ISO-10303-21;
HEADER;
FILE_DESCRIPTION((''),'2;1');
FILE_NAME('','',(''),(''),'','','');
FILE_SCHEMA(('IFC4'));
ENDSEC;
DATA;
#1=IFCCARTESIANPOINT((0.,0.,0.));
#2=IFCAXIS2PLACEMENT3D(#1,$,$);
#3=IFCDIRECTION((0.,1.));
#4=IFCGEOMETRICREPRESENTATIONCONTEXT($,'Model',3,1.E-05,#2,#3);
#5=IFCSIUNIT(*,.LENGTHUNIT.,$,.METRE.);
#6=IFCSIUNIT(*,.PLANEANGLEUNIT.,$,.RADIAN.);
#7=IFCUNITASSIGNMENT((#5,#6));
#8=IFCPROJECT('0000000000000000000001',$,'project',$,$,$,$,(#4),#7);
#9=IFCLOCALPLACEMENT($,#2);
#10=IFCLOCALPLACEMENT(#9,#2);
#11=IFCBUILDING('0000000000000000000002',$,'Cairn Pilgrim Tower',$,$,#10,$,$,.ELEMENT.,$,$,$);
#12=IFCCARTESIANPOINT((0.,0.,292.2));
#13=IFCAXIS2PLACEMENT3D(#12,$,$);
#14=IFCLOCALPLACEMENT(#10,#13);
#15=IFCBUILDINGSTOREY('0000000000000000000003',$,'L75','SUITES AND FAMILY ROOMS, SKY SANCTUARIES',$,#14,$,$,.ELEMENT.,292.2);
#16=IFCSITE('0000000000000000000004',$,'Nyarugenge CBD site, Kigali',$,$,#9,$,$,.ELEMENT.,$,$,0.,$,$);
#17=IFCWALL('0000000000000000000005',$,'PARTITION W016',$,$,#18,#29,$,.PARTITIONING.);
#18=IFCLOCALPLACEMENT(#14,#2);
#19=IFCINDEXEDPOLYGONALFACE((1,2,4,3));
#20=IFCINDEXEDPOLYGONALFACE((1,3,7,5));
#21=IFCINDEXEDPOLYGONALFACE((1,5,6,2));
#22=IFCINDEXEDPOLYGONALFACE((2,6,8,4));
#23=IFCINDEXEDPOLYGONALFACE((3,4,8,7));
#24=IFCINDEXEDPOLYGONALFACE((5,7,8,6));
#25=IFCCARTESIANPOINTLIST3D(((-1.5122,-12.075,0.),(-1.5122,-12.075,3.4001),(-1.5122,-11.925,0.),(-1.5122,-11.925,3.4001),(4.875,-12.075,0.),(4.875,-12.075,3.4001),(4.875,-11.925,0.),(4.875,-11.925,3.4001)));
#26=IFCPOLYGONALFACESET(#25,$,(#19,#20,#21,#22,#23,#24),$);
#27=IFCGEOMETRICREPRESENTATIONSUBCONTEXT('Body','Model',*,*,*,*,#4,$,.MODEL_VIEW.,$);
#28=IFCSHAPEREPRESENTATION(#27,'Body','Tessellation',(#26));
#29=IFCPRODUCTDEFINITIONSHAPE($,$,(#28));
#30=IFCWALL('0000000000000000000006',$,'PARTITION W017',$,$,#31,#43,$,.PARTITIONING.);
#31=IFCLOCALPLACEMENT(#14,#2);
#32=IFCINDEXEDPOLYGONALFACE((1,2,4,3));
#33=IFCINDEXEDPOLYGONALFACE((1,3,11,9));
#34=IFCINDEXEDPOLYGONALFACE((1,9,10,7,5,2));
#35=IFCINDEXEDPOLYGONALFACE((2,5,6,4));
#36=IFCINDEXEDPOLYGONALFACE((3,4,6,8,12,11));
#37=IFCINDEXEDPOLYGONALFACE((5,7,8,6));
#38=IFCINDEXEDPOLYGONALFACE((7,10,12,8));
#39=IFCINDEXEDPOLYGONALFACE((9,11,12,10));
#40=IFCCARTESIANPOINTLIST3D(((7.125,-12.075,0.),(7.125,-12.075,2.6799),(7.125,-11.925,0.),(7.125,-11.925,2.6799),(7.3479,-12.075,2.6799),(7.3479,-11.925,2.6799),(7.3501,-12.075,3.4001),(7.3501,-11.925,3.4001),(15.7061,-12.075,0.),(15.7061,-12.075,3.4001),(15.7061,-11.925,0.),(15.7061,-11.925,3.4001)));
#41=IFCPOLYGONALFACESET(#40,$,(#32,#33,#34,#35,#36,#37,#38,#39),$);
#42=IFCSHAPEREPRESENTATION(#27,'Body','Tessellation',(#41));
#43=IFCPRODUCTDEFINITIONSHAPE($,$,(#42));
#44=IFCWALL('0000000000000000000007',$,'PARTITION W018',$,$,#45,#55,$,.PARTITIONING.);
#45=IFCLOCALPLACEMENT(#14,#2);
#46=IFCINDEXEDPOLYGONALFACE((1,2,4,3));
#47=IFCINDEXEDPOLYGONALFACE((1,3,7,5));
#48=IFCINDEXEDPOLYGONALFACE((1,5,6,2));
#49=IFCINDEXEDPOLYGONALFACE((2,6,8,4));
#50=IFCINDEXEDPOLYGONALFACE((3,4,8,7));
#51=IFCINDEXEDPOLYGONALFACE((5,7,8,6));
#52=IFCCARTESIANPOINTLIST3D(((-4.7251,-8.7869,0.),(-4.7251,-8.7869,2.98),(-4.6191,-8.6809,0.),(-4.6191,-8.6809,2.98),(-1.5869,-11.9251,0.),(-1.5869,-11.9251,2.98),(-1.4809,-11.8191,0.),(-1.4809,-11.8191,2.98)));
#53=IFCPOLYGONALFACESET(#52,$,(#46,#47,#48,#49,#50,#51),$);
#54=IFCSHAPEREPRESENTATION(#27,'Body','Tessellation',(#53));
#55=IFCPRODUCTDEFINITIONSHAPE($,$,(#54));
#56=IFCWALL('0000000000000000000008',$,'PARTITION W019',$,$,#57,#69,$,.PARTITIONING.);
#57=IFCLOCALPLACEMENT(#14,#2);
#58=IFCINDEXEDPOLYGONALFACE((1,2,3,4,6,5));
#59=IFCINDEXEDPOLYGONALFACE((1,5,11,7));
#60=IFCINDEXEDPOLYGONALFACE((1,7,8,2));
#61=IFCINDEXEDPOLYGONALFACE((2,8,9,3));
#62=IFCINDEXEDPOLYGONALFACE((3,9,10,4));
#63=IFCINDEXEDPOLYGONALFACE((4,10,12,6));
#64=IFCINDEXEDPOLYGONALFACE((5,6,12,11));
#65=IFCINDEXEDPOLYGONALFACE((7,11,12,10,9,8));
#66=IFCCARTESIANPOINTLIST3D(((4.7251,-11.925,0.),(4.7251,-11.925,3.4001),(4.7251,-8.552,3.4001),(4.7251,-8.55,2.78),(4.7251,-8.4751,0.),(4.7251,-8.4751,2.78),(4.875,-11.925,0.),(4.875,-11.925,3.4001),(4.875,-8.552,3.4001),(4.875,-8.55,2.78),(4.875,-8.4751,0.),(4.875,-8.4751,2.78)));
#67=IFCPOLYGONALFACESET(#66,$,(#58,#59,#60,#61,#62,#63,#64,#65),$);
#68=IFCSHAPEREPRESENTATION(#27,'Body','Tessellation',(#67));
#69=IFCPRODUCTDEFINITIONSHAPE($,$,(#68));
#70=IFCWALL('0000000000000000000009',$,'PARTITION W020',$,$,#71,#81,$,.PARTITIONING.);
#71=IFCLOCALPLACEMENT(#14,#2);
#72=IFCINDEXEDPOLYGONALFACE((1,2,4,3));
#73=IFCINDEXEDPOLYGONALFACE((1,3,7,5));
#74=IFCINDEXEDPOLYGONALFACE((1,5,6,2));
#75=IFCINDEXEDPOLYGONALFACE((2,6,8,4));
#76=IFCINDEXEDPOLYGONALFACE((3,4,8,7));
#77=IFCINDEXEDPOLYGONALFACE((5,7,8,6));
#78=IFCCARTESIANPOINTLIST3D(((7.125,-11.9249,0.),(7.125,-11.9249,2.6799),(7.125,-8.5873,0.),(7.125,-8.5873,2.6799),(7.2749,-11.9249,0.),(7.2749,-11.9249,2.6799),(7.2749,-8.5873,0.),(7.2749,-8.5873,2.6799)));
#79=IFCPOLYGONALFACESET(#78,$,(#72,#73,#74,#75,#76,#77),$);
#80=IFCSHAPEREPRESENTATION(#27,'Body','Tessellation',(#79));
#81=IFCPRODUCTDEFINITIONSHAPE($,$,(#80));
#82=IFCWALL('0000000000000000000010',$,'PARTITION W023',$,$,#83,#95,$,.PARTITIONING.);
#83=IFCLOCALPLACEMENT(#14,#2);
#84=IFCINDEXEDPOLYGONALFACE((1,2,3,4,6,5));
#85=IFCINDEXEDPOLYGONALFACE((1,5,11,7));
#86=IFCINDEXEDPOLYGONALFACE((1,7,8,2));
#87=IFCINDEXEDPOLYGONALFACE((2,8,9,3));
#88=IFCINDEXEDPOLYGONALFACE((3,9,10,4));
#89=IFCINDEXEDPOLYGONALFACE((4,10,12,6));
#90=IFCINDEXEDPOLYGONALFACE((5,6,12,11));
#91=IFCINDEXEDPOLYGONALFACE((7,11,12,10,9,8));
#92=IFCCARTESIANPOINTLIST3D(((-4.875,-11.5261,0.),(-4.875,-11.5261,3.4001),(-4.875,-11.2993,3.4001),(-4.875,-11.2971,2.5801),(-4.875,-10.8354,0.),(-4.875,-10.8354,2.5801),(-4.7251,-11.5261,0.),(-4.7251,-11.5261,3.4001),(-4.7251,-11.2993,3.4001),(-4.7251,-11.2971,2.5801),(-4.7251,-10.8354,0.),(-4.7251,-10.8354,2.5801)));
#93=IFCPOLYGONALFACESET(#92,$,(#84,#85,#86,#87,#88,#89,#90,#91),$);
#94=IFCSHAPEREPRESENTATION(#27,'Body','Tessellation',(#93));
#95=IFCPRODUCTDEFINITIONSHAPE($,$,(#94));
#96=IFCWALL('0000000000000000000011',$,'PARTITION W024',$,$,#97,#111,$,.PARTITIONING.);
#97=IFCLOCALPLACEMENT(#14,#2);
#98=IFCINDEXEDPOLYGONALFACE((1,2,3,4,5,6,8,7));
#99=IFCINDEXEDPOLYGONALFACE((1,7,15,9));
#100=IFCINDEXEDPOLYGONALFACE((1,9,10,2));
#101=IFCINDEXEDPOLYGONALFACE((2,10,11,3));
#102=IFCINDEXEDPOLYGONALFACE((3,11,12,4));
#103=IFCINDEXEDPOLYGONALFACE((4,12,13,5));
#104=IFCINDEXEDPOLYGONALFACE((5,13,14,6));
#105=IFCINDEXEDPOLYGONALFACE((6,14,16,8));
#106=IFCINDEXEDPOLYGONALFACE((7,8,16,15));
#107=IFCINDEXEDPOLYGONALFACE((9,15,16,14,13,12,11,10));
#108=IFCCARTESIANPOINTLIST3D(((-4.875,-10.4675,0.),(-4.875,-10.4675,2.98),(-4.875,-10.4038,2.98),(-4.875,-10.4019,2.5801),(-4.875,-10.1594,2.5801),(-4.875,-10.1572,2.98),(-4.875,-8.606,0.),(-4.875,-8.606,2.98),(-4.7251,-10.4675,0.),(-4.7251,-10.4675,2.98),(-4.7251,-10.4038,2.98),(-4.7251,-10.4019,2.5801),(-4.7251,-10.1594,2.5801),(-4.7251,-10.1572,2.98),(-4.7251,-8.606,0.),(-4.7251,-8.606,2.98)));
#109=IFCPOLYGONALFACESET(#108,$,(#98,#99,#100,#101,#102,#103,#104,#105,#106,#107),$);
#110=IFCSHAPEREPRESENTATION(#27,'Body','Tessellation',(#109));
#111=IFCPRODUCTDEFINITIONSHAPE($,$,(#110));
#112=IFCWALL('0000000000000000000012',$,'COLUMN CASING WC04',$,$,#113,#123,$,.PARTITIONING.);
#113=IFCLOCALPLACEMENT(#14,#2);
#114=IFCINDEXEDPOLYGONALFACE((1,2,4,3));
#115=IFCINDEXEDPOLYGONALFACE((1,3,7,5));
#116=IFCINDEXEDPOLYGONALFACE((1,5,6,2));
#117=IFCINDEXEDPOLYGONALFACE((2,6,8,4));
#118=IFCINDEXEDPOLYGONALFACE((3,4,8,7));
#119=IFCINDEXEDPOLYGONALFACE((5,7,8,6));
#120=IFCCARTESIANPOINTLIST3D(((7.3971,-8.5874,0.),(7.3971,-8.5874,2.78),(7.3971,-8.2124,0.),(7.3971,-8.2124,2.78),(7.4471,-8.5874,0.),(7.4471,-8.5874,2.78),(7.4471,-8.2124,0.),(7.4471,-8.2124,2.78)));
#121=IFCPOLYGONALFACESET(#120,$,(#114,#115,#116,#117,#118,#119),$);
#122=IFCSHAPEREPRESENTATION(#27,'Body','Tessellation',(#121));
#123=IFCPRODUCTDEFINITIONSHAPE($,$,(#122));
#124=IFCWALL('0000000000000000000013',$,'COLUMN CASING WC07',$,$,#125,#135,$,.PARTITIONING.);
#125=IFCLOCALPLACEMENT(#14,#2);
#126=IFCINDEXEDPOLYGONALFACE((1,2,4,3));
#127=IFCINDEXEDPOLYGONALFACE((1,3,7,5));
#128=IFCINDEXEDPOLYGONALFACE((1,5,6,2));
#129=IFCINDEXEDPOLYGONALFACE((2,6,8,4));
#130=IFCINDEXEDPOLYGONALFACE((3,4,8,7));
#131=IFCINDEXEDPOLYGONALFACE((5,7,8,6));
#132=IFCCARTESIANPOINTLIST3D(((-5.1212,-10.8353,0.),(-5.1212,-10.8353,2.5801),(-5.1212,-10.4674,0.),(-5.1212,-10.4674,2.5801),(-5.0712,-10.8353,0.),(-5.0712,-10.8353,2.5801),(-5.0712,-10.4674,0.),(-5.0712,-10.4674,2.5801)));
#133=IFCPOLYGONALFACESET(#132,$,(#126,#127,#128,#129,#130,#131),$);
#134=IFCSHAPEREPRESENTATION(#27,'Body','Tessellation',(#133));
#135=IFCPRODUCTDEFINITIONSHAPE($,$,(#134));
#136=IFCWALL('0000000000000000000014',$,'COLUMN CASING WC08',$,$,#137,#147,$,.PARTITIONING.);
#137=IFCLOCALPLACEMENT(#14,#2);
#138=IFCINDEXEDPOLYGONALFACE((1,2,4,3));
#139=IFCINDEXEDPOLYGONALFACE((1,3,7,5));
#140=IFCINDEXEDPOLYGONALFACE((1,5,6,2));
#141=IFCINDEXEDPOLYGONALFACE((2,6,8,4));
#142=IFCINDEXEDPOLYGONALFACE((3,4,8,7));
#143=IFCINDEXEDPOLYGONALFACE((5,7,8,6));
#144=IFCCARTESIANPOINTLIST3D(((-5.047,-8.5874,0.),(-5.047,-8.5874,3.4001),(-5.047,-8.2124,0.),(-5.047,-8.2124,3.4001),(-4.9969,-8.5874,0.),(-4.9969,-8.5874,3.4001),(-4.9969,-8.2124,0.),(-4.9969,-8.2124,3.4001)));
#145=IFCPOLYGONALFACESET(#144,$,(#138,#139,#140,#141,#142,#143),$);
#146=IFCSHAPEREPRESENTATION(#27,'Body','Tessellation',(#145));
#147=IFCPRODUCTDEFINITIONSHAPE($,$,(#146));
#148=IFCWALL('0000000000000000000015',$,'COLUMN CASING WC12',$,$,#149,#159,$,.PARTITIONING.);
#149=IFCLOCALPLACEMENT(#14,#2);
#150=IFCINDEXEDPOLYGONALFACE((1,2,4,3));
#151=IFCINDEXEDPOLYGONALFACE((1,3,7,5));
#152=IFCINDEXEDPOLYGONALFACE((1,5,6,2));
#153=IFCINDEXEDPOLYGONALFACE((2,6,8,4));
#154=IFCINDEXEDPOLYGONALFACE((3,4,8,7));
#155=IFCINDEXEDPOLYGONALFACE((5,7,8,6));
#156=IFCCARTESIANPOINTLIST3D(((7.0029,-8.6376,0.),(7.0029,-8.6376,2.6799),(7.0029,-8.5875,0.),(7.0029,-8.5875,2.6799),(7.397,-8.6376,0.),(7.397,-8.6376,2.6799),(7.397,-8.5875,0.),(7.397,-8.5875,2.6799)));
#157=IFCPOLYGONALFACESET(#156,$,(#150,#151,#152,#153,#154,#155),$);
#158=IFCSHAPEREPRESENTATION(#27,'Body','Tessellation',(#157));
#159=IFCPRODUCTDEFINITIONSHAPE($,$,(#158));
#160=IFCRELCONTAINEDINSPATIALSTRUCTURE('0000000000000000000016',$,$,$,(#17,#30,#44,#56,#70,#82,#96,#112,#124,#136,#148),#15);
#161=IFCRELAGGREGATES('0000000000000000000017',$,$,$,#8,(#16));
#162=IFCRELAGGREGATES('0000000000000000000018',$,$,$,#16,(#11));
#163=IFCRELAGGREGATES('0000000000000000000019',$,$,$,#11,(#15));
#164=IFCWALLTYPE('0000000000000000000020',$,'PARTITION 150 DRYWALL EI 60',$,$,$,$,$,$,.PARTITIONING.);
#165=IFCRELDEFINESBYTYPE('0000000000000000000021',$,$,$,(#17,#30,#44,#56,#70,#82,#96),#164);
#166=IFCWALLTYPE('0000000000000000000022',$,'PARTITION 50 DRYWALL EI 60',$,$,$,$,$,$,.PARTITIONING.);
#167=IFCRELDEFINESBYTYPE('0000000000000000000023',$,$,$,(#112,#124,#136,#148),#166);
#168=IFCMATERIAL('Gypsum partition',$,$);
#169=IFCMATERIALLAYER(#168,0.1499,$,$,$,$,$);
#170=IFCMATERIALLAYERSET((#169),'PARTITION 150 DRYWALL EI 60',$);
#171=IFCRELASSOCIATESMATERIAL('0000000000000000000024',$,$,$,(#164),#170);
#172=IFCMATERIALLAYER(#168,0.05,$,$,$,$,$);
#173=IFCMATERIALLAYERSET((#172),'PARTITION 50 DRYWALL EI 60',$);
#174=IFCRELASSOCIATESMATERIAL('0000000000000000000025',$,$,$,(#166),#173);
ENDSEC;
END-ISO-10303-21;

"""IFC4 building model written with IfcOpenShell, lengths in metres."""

from ifc_helpers import new_model, si_unit, direction, frame, frame_2d, origin, place, context, subcontext, project, spatial, polyline, rectangle, outline, extrude, material, layer, layer_set, type_object, element, save


model = new_model("IFC4")

# Units and contexts
model_context = context("Model", 3, precision=1e-05, world=origin(), true_north=direction((0.0, 1.0)))
body_context = subcontext(model_context, "Body", "Model", "MODEL_VIEW")
ifc_project = project(units=[si_unit("LENGTHUNIT", "METRE"), si_unit("PLANEANGLEUNIT", "RADIAN")], contexts=[model_context])

# Site, building, storey
site_placement = place(None, origin())
site = spatial("IfcSite", under=ifc_project, at=site_placement, Name="Nyarugenge CBD site, Kigali", CompositionType="ELEMENT", RefElevation=0.0)
building_placement = place(site_placement, origin())
building = spatial("IfcBuilding", under=site, at=building_placement, Name="Cairn Pilgrim Tower", CompositionType="ELEMENT")
storey_placement = place(building_placement, frame((0.0, 0.0, 292.2)))
storey = spatial("IfcBuildingStorey", under=building, at=storey_placement, Name="L75", Description="SUITES AND FAMILY ROOMS, SKY SANCTUARIES", CompositionType="ELEMENT", Elevation=292.2)

# Walls
ifc_material_1 = material(Name="Gypsum partition")
ifc_layer_1 = layer(ifc_material_1, 0.1499)
ifc_layer_set_1 = layer_set([ifc_layer_1], Name="PARTITION 150 DRYWALL EI 60")
wall_type_1 = type_object("IfcWallType", Name="PARTITION 150 DRYWALL EI 60", PredefinedType="PARTITIONING", material=ifc_layer_set_1)
wall_1_placement = place(storey_placement, frame((-1.5122, -12.0, 0.0), z_axis=(0.0, 0.0, 1.0), x_axis=(1.0, 0.0, 0.0)))
element("IfcWall", 1, at=wall_1_placement, inside=storey, type_object=wall_type_1, Name="PARTITION W016", PredefinedType="PARTITIONING", context=body_context, shape_type="SweptSolid", body=[
    extrude(rectangle(XDim=6.3872, YDim=0.1499, at=frame_2d((3.1936, 0.0))), origin(), (0.0, 0.0, 1.0), 3.4001),
])
wall_2_placement = place(storey_placement, frame((7.125, -12.0, 0.0), z_axis=(0.0, 0.0, 1.0), x_axis=(1.0, 0.0, 0.0)))
element("IfcWall", 2, at=wall_2_placement, inside=storey, type_object=wall_type_1, Name="PARTITION W017", PredefinedType="PARTITIONING", context=body_context, shape_type="SweptSolid", body=[
    extrude(outline(polyline([(0.0, 0.0), (8.5811, 0.0), (8.5811, 3.4001), (0.2251, 3.4001), (0.2229, 2.6799), (0.0, 2.6799), (0.0, 0.0)])), frame((0.0, 0.075, 0.0), z_axis=(0.0, -1.0, 0.0), x_axis=(1.0, 0.0, 0.0)), (0.0, 0.0, 1.0), 0.1499),
])
wall_3_placement = place(storey_placement, frame((-1.5339, -11.8721, 0.0), z_axis=(0.0, 0.0, 1.0), x_axis=(-0.707107, 0.707107, 0.0)))
element("IfcWall", 3, at=wall_3_placement, inside=storey, type_object=wall_type_1, Name="PARTITION W018", PredefinedType="PARTITIONING", context=body_context, shape_type="SweptSolid", body=[
    extrude(rectangle(XDim=4.438, YDim=0.1499, at=frame_2d((2.219, 0.0))), origin(), (0.0, 0.0, 1.0), 2.98),
])
wall_4_placement = place(storey_placement, frame((4.8, -11.925, 0.0), z_axis=(0.0, 0.0, 1.0), x_axis=(0.0, 1.0, 0.0)))
element("IfcWall", 4, at=wall_4_placement, inside=storey, type_object=wall_type_1, Name="PARTITION W019", PredefinedType="PARTITIONING", context=body_context, shape_type="SweptSolid", body=[
    extrude(outline(polyline([(0.0, 0.0), (3.45, 0.0), (3.45, 2.78), (3.375, 2.78), (3.373, 3.4001), (0.0, 3.4001), (0.0, 0.0)])), frame((0.0, 0.075, 0.0), z_axis=(0.0, -1.0, 0.0), x_axis=(1.0, 0.0, 0.0)), (0.0, 0.0, 1.0), 0.1499),
])
wall_5_placement = place(storey_placement, frame((7.2, -11.925, 0.0), z_axis=(0.0, 0.0, 1.0), x_axis=(0.0, 1.0, 0.0)))
element("IfcWall", 5, at=wall_5_placement, inside=storey, type_object=wall_type_1, Name="PARTITION W020", PredefinedType="PARTITIONING", context=body_context, shape_type="SweptSolid", body=[
    extrude(rectangle(XDim=3.3376, YDim=0.1499, at=frame_2d((1.6689, 0.0))), origin(), (0.0, 0.0, 1.0), 2.6799),
])
wall_6_placement = place(storey_placement, frame((-4.8, -11.5261, 0.0), z_axis=(0.0, 0.0, 1.0), x_axis=(0.0, 1.0, 0.0)))
element("IfcWall", 6, at=wall_6_placement, inside=storey, type_object=wall_type_1, Name="PARTITION W023", PredefinedType="PARTITIONING", context=body_context, shape_type="SweptSolid", body=[
    extrude(outline(polyline([(0.0, 0.0), (0.6907, 0.0), (0.6907, 2.5801), (0.229, 2.5801), (0.2268, 3.4001), (0.0, 3.4001), (0.0, 0.0)])), frame((0.0, 0.075, 0.0), z_axis=(0.0, -1.0, 0.0), x_axis=(1.0, 0.0, 0.0)), (0.0, 0.0, 1.0), 0.1499),
])
wall_7_placement = place(storey_placement, frame((-4.8, -10.4675, 0.0), z_axis=(0.0, 0.0, 1.0), x_axis=(0.0, 1.0, 0.0)))
element("IfcWall", 7, at=wall_7_placement, inside=storey, type_object=wall_type_1, Name="PARTITION W024", PredefinedType="PARTITIONING", context=body_context, shape_type="SweptSolid", body=[
    extrude(outline(polyline([(0.0, 0.0), (1.8616, 0.0), (1.8616, 2.98), (0.3103, 2.98), (0.3081, 2.5801), (0.0657, 2.5801), (0.0637, 2.98), (0.0, 2.98), (0.0, 0.0)])), frame((0.0, 0.075, 0.0), z_axis=(0.0, -1.0, 0.0), x_axis=(1.0, 0.0, 0.0)), (0.0, 0.0, 1.0), 0.1499),
])
ifc_layer_2 = layer(ifc_material_1, 0.05)
ifc_layer_set_2 = layer_set([ifc_layer_2], Name="PARTITION 50 DRYWALL EI 60")
wall_type_2 = type_object("IfcWallType", Name="PARTITION 50 DRYWALL EI 60", PredefinedType="PARTITIONING", material=ifc_layer_set_2)
wall_8_placement = place(storey_placement, frame((7.4221, -8.5874, 0.0), z_axis=(0.0, 0.0, 1.0), x_axis=(0.0, 1.0, 0.0)))
element("IfcWall", 8, at=wall_8_placement, inside=storey, type_object=wall_type_2, Name="COLUMN CASING WC04", PredefinedType="PARTITIONING", context=body_context, shape_type="SweptSolid", body=[
    extrude(rectangle(XDim=0.375, YDim=0.05, at=frame_2d((0.1875, 0.0))), origin(), (0.0, 0.0, 1.0), 2.78),
])
wall_9_placement = place(storey_placement, frame((-5.0962, -10.8354, 0.0), z_axis=(0.0, 0.0, 1.0), x_axis=(0.0, 1.0, 0.0)))
element("IfcWall", 9, at=wall_9_placement, inside=storey, type_object=wall_type_2, Name="COLUMN CASING WC07", PredefinedType="PARTITIONING", context=body_context, shape_type="SweptSolid", body=[
    extrude(rectangle(XDim=0.3679, YDim=0.05, at=frame_2d((0.1841, 0.0))), origin(), (0.0, 0.0, 1.0), 2.5801),
])
wall_10_placement = place(storey_placement, frame((-5.022, -8.5874, 0.0), z_axis=(0.0, 0.0, 1.0), x_axis=(0.0, 1.0, 0.0)))
element("IfcWall", 10, at=wall_10_placement, inside=storey, type_object=wall_type_2, Name="COLUMN CASING WC08", PredefinedType="PARTITIONING", context=body_context, shape_type="SweptSolid", body=[
    extrude(rectangle(XDim=0.375, YDim=0.05, at=frame_2d((0.1875, 0.0))), origin(), (0.0, 0.0, 1.0), 3.4001),
])
wall_11_placement = place(storey_placement, frame((7.0029, -8.6125, 0.0), z_axis=(0.0, 0.0, 1.0), x_axis=(1.0, 0.0, 0.0)))
element("IfcWall", 11, at=wall_11_placement, inside=storey, type_object=wall_type_2, Name="COLUMN CASING WC12", PredefinedType="PARTITIONING", context=body_context, shape_type="SweptSolid", body=[
    extrude(rectangle(XDim=0.394, YDim=0.05, at=frame_2d((0.197, 0.0))), origin(), (0.0, 0.0, 1.0), 2.6799),
])

save(model, "model.ifc")
